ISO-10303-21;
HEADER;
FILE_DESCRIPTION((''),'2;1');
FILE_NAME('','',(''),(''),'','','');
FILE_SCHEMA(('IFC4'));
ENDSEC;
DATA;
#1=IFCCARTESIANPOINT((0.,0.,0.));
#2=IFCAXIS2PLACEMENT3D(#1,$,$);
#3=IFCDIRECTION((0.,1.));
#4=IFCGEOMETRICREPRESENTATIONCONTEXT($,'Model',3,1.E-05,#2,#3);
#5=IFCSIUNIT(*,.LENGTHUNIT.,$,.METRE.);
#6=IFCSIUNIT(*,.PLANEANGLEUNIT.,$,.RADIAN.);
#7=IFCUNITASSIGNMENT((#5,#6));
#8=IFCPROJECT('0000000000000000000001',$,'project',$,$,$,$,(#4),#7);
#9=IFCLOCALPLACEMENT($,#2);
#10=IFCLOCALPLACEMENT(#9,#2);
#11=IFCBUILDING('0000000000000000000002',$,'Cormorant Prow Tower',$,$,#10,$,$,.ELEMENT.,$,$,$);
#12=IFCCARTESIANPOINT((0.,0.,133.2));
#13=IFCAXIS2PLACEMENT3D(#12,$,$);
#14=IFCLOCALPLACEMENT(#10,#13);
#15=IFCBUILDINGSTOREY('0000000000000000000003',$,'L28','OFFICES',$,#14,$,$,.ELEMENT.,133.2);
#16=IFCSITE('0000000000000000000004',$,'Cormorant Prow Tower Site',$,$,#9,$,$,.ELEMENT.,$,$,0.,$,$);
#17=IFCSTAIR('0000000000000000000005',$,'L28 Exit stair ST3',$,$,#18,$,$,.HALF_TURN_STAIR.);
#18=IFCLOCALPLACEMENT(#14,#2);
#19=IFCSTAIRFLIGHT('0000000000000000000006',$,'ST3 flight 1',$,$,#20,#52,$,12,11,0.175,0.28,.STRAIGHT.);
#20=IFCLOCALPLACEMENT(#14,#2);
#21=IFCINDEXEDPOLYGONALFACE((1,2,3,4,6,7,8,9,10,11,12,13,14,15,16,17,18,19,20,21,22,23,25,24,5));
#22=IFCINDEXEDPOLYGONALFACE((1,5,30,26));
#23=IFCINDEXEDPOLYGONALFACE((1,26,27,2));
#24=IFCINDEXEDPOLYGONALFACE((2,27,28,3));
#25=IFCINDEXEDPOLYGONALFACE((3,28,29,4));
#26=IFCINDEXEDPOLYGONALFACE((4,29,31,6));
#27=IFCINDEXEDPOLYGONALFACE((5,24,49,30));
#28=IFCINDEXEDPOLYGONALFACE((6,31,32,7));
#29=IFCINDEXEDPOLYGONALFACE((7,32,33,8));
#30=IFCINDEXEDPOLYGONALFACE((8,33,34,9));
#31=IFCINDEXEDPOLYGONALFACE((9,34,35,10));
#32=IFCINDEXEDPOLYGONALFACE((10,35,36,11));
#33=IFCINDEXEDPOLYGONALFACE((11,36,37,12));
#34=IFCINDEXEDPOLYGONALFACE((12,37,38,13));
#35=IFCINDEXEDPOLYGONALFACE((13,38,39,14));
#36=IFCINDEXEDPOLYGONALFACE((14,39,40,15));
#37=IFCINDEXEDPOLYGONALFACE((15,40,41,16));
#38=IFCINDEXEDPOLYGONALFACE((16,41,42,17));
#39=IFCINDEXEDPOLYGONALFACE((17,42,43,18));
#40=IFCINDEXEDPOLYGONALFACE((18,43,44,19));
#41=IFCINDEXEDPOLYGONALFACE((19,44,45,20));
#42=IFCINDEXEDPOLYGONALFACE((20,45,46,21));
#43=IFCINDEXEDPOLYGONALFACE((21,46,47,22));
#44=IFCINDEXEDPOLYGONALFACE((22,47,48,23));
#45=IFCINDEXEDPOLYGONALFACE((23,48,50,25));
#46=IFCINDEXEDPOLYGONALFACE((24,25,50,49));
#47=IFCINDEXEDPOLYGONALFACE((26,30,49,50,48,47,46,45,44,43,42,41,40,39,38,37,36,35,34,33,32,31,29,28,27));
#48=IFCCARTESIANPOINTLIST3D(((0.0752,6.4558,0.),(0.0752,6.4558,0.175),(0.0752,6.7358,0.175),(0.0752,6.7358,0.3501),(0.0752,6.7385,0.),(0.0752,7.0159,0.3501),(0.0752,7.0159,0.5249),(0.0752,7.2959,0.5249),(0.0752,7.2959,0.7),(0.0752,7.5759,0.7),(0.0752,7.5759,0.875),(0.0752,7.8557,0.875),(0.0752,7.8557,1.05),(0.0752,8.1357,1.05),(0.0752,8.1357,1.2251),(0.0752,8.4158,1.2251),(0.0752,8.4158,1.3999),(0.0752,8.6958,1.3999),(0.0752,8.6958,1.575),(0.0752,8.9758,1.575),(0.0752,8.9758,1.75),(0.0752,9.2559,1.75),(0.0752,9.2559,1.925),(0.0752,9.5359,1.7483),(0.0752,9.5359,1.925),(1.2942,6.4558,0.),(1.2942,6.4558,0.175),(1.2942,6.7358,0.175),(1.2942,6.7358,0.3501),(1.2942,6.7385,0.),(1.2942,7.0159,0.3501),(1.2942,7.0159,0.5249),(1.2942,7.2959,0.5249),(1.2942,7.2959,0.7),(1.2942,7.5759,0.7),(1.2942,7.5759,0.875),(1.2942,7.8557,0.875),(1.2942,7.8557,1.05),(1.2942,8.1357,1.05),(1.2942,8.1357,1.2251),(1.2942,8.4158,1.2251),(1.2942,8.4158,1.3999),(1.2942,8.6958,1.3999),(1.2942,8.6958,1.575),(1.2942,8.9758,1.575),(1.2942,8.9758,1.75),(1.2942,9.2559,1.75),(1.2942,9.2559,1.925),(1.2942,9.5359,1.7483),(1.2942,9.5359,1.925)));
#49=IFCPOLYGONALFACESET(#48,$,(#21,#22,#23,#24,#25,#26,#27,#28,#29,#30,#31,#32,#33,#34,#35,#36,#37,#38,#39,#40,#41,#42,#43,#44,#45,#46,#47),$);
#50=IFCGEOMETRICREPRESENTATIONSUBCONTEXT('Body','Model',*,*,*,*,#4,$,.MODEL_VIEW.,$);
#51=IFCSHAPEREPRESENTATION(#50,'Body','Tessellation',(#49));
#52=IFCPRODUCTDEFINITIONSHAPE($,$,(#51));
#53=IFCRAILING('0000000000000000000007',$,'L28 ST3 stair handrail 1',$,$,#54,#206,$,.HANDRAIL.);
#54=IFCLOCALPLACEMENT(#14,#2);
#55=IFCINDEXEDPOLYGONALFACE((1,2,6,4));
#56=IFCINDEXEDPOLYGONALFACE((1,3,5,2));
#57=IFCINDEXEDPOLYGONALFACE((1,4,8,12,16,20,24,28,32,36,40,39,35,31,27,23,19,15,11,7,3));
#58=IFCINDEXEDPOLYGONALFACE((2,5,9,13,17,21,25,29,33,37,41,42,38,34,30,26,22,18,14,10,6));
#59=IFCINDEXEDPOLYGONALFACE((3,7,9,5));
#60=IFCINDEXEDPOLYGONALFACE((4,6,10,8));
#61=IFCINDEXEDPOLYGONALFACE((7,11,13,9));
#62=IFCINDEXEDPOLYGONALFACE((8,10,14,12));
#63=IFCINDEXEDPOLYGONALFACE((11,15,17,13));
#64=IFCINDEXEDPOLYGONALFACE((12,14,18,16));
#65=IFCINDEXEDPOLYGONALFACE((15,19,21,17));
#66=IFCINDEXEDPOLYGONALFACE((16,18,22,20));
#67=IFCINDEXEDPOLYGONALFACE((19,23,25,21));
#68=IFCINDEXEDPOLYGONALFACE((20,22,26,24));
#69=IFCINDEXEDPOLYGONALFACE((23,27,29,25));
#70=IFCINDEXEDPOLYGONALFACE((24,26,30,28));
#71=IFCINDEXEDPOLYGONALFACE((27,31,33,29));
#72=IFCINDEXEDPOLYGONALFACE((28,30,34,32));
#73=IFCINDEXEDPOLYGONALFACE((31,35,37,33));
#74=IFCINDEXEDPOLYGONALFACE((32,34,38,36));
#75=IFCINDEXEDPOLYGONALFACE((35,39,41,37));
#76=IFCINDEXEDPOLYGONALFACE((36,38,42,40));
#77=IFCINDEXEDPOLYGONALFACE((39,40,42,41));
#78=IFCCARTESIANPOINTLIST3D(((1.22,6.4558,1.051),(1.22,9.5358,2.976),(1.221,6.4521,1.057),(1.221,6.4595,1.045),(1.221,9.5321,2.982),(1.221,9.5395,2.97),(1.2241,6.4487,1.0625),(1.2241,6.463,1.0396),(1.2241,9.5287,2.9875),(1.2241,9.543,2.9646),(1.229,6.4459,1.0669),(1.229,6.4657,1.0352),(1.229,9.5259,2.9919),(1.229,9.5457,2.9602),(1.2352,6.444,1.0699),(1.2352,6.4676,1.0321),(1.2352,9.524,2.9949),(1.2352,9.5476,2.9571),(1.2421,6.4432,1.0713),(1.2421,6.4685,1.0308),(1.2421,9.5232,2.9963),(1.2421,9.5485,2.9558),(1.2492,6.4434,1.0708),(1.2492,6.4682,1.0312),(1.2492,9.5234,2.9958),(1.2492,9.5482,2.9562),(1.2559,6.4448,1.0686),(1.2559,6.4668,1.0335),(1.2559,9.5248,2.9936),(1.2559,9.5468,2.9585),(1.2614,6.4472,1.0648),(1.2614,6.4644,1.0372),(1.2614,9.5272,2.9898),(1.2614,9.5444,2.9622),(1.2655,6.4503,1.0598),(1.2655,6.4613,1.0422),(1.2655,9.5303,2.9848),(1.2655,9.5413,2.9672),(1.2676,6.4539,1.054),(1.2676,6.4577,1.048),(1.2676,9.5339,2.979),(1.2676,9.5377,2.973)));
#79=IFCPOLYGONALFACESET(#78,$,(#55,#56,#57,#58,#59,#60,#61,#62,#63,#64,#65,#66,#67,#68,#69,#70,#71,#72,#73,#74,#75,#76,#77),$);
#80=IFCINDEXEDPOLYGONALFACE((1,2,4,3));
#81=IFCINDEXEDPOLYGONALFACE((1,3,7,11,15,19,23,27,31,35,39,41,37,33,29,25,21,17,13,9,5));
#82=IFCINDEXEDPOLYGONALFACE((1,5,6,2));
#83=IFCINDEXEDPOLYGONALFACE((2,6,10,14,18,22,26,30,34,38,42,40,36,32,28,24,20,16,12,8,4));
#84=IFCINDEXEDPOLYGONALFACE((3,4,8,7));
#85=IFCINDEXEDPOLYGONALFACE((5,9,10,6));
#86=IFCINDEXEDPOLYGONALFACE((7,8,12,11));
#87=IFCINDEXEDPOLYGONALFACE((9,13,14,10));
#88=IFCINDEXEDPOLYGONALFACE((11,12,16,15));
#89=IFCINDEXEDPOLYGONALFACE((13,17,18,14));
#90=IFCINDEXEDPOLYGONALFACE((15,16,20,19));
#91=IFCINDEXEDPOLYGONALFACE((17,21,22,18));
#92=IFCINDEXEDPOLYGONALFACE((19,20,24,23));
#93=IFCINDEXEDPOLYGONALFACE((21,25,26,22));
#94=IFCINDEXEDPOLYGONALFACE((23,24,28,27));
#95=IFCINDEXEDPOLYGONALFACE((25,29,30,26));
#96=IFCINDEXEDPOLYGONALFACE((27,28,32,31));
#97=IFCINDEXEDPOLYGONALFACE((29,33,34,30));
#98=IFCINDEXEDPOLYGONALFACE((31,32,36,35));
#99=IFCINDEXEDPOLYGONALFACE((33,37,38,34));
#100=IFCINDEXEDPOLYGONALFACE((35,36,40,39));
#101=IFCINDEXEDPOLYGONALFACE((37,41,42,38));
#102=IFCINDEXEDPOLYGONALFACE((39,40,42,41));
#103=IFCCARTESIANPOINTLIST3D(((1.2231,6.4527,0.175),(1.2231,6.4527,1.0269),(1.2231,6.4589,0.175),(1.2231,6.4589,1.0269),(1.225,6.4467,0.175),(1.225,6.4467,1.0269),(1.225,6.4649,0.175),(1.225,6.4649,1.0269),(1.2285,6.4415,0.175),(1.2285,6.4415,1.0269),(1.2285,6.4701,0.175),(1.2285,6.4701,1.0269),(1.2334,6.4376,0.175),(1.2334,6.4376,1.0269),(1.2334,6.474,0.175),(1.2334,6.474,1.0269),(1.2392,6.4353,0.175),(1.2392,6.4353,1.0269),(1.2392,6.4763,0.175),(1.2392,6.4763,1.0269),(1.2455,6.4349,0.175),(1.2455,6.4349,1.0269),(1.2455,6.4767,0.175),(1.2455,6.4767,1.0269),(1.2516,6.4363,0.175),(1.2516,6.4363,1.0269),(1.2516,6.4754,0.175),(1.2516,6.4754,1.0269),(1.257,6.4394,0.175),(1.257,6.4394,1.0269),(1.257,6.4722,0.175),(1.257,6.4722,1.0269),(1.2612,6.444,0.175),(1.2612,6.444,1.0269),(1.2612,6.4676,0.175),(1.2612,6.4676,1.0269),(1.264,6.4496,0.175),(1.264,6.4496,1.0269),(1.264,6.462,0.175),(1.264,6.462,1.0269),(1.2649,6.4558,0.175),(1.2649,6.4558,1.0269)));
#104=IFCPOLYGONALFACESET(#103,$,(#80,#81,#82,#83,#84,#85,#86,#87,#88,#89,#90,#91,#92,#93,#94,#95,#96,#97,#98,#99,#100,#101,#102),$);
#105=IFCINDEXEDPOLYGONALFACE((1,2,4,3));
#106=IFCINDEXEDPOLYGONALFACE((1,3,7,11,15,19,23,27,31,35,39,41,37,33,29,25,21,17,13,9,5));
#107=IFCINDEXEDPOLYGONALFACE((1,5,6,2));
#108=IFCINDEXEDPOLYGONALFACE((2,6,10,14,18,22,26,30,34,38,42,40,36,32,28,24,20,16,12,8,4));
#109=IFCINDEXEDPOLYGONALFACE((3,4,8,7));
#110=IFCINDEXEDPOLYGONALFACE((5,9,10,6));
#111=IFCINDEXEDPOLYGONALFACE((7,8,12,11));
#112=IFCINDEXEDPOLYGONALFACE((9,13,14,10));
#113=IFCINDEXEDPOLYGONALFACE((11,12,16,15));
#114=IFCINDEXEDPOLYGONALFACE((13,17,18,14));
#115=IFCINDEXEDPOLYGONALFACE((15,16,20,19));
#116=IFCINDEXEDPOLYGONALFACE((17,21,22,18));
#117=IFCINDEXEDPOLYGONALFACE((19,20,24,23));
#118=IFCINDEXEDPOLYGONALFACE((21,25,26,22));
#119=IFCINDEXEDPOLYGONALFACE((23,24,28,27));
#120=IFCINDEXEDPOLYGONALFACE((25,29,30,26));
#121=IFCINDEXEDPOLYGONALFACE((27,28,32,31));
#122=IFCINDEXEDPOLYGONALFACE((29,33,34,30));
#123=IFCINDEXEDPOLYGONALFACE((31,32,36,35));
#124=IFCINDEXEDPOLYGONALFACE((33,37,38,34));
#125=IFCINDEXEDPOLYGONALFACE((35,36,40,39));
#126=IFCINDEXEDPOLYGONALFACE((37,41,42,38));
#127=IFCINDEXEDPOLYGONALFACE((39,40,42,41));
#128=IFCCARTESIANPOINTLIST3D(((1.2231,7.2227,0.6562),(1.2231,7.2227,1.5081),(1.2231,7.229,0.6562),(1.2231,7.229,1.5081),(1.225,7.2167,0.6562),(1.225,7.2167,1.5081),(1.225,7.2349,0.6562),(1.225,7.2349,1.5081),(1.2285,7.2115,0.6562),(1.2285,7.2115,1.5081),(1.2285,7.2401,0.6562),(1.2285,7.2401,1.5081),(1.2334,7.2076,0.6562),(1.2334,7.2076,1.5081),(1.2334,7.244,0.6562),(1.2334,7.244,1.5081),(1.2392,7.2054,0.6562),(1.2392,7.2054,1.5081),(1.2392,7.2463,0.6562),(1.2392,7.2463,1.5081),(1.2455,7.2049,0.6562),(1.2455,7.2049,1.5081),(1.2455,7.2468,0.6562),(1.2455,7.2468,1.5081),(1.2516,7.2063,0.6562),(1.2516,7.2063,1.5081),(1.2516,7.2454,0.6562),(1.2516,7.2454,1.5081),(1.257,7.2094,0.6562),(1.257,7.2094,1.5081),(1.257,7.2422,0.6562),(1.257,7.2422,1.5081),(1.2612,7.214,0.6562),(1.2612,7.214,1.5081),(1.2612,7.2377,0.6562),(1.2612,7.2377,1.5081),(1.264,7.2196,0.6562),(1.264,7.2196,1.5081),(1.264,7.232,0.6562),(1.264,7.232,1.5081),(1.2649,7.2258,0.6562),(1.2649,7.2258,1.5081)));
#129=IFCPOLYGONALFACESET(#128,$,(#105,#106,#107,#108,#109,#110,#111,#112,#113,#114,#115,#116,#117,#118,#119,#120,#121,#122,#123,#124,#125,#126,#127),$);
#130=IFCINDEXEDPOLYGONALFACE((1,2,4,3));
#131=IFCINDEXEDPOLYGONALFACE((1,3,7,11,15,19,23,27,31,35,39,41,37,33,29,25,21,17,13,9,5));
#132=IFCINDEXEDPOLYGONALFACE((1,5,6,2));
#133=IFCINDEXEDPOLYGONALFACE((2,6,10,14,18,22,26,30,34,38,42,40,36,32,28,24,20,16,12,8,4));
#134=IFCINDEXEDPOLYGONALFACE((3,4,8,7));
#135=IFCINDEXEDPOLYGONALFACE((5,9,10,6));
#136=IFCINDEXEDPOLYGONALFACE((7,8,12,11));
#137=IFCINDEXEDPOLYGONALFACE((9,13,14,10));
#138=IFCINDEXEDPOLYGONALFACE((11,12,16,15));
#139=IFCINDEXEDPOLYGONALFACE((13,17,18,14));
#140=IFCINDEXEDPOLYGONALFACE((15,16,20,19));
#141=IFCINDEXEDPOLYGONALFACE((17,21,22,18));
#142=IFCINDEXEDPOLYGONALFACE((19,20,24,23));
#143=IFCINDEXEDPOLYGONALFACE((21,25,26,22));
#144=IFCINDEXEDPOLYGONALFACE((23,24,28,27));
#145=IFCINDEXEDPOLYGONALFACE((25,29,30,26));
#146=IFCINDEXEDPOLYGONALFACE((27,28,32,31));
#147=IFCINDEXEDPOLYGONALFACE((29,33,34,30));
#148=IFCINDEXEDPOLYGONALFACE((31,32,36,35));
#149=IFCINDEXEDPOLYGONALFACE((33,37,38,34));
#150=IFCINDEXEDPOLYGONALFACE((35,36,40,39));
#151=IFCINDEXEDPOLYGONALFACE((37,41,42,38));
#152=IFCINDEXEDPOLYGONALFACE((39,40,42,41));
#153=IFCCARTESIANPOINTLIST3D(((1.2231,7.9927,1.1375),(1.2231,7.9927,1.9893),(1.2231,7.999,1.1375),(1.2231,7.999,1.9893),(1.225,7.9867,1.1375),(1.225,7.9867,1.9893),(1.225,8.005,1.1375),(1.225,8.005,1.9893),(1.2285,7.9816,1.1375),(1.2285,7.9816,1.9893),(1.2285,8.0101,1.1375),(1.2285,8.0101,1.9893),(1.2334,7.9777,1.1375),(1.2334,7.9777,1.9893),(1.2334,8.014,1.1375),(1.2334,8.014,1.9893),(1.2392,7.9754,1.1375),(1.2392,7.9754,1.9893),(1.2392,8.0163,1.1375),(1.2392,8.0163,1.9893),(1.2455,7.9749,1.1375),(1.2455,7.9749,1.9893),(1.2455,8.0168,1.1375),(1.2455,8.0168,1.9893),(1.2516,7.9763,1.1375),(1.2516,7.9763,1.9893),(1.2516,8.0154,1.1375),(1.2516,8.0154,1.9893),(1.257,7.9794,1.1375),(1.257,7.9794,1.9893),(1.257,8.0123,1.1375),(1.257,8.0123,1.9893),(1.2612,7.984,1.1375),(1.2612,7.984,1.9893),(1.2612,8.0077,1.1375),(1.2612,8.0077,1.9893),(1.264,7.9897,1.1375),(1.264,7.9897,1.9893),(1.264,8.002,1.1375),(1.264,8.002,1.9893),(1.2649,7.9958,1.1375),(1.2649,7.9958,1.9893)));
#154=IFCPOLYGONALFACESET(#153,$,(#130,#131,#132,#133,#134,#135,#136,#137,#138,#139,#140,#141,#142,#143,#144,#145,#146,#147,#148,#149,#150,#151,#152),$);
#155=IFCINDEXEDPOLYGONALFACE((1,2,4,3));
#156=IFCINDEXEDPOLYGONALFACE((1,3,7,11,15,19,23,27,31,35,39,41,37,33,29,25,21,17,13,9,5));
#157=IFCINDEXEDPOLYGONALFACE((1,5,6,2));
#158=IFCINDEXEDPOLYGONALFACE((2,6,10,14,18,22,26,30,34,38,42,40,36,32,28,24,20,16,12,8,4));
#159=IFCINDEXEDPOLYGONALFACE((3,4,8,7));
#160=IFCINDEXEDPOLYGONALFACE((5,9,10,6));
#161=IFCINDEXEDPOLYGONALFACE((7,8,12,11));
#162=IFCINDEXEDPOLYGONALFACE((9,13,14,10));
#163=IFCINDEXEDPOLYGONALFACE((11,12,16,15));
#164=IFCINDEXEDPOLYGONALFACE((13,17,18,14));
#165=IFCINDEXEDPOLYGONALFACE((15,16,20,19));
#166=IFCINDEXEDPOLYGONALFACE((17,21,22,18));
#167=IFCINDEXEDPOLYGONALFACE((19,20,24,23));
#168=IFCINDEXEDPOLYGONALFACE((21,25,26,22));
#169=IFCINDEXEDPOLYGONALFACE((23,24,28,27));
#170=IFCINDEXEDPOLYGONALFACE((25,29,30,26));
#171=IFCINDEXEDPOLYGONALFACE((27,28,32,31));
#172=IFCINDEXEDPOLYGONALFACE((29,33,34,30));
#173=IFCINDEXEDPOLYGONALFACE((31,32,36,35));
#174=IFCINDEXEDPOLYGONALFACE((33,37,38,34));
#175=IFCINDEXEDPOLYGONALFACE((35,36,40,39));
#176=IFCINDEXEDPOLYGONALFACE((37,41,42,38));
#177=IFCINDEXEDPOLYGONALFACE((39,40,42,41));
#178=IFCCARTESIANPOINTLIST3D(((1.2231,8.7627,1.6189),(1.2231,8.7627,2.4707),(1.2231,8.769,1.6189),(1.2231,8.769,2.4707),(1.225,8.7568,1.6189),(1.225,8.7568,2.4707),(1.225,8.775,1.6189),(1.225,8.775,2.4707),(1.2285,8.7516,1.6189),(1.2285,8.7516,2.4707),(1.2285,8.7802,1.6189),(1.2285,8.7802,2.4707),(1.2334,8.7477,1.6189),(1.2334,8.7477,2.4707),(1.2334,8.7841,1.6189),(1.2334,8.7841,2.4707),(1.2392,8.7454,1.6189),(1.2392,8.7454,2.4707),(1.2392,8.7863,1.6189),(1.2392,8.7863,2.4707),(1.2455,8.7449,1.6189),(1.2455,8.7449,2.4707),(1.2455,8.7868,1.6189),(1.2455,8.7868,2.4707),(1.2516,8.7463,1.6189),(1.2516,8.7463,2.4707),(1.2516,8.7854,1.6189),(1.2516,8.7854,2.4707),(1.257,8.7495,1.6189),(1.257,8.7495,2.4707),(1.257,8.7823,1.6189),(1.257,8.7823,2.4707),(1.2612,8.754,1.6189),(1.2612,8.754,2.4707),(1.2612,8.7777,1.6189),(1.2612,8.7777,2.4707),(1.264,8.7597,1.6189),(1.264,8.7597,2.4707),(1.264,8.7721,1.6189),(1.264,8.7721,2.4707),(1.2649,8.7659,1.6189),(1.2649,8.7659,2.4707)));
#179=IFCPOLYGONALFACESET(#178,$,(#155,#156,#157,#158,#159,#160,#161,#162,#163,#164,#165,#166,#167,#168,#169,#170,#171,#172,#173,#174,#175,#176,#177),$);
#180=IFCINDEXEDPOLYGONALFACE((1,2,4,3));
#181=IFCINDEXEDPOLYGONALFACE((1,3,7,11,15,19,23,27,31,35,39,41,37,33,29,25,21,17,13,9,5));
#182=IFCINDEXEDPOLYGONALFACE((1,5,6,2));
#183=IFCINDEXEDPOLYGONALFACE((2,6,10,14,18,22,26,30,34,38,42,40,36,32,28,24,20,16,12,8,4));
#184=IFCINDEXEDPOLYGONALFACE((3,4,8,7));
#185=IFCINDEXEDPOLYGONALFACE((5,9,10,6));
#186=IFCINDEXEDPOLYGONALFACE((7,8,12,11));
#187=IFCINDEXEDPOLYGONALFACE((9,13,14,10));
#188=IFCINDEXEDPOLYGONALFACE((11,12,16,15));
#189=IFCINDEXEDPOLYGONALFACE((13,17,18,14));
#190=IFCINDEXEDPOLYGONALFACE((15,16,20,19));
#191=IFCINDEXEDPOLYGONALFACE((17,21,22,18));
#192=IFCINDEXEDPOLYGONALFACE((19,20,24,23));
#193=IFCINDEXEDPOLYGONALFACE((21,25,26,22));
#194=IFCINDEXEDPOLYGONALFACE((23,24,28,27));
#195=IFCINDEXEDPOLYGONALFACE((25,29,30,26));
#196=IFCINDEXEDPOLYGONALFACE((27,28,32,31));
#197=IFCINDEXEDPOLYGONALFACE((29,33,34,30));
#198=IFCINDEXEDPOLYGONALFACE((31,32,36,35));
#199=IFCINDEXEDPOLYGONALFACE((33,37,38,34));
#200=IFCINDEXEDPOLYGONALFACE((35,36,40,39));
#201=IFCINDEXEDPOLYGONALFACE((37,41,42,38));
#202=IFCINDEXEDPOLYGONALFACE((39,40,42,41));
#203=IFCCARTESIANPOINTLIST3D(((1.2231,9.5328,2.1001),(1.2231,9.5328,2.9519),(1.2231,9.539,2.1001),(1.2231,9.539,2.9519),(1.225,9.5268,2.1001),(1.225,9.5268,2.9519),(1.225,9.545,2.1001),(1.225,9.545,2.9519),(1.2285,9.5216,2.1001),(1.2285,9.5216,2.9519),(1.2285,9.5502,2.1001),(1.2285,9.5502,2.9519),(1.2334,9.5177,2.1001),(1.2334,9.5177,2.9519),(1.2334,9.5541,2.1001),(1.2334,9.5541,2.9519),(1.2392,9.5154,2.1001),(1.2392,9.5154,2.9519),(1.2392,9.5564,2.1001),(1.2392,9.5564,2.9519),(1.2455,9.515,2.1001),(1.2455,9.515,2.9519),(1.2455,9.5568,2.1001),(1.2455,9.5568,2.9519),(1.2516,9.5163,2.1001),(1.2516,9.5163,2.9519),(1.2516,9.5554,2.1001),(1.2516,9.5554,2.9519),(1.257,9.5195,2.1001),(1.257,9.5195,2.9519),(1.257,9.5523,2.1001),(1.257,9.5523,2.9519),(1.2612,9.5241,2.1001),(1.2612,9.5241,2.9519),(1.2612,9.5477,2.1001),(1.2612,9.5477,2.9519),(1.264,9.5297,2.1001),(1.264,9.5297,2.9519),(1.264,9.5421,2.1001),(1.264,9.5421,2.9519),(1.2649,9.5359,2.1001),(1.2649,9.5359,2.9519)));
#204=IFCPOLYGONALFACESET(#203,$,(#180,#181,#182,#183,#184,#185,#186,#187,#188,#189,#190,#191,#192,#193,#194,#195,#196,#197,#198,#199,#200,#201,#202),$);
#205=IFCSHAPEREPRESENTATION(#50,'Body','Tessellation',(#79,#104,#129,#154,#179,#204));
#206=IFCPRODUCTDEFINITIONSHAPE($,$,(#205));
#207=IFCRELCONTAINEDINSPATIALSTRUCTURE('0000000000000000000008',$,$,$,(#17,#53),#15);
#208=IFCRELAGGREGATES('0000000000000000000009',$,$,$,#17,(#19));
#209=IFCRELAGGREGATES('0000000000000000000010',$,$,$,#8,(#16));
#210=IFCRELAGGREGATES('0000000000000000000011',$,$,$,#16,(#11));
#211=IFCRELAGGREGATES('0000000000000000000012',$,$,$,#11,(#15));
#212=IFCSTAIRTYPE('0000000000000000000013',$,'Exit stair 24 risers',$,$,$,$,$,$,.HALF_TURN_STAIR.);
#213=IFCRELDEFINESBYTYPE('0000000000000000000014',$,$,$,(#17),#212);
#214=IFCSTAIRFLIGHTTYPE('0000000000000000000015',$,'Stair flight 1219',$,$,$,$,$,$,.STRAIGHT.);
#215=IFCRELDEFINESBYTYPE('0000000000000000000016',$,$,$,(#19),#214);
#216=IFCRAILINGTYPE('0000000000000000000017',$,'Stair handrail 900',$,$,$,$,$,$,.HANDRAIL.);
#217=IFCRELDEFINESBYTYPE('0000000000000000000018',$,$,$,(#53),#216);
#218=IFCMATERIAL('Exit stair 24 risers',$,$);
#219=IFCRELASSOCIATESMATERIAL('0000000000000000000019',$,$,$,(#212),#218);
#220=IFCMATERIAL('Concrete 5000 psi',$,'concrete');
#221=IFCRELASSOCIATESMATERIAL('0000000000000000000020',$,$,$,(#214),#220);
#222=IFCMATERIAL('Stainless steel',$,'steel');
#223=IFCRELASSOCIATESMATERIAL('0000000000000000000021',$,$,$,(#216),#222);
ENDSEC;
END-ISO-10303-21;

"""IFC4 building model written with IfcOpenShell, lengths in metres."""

from ifc_helpers import new_model, si_unit, direction, frame, origin, origin_2d, place, context, subcontext, project, spatial, polyline, circle, outline, extrude, material, type_object, element, aggregate, save


model = new_model("IFC4")

# Units and contexts
model_context = context("Model", 3, precision=1e-05, world=origin(), true_north=direction((0.0, 1.0)))
body_context = subcontext(model_context, "Body", "Model", "MODEL_VIEW")
ifc_project = project(units=[si_unit("LENGTHUNIT", "METRE"), si_unit("PLANEANGLEUNIT", "RADIAN")], contexts=[model_context])

# Site, building, storey
site_placement = place(None, origin())
site = spatial("IfcSite", under=ifc_project, at=site_placement, Name="Cormorant Prow Tower Site", CompositionType="ELEMENT", RefElevation=0.0)
building_placement = place(site_placement, origin())
building = spatial("IfcBuilding", under=site, at=building_placement, Name="Cormorant Prow Tower", CompositionType="ELEMENT")
storey_placement = place(building_placement, frame((0.0, 0.0, 133.2)))
storey = spatial("IfcBuildingStorey", under=building, at=storey_placement, Name="L28", Description="OFFICES", CompositionType="ELEMENT", Elevation=133.2)

# Stair
ifc_material_1 = material(Name="Exit stair 24 risers")
stair_type = type_object("IfcStairType", Name="Exit stair 24 risers", PredefinedType="HALF_TURN_STAIR", material=ifc_material_1)
stair_placement = place(storey_placement, origin())
stair = element("IfcStair", 1, at=stair_placement, inside=storey, type_object=stair_type, Name="L28 Exit stair ST3", PredefinedType="HALF_TURN_STAIR")

# Stair flight
ifc_material_2 = material(Name="Concrete 5000 psi", Category="concrete")
stair_flight_type = type_object("IfcStairFlightType", Name="Stair flight 1219", PredefinedType="STRAIGHT", material=ifc_material_2)
stair_flight_placement = place(storey_placement, frame((0.6846, 6.4558, 0.0), z_axis=(0.0, 0.0, 1.0), x_axis=(0.0, 1.0, 0.0)))
stair_flight = element("IfcStairFlight", 2, at=stair_flight_placement, type_object=stair_flight_type, Name="ST3 flight 1", NumberOfRisers=12, NumberOfTreads=11, PredefinedType="STRAIGHT", RiserHeight=0.175, TreadLength=0.28, context=body_context, shape_type="SweptSolid", body=[
    extrude(outline(polyline([(0.0, 0.0), (0.0, 0.175), (0.28, 0.175), (0.28, 0.3501), (0.5601, 0.3501), (0.5601, 0.5249), (0.8401, 0.5249), (0.8401, 0.7), (1.1201, 0.7), (1.1201, 0.875), (1.3999, 0.875), (1.3999, 1.05), (1.6799, 1.05), (1.6799, 1.2251), (1.96, 1.2251), (1.96, 1.3999), (2.24, 1.3999), (2.24, 1.575), (2.52, 1.575), (2.52, 1.75), (2.8, 1.75), (2.8, 1.925), (3.0801, 1.925), (3.0801, 2.1001), (3.0801, 1.7483), (0.2827, 0.0), (0.0, 0.0)])), frame((0.0, 0.6094, 0.0), z_axis=(0.0, -1.0, 0.0), x_axis=(1.0, 0.0, 0.0)), (0.0, 0.0, 1.0), 1.219),
])
aggregate(stair, [stair_flight])

# Railing
ifc_material_3 = material(Name="Stainless steel", Category="steel")
railing_type_1 = type_object("IfcRailingType", Name="Stair handrail 900", PredefinedType="HANDRAIL", material=ifc_material_3)
railing_1_placement = place(storey_placement, frame((1.2439, 6.4558, 0.175)))
element("IfcRailing", 3, at=railing_1_placement, inside=storey, type_object=railing_type_1, Name="L28 ST3 stair handrail 1", PredefinedType="HANDRAIL", context=body_context, shape_type="SweptSolid", body=[
    extrude(circle(Radius=0.0239, at=origin_2d()), frame((0.0, 0.0, 0.876), z_axis=(0.0, 0.847998, 0.529999), x_axis=(-1.0, 0.0, 0.0)), (0.0, 0.0, 1.0), 3.6321),
    extrude(circle(Radius=0.021, at=origin_2d()), origin(), (0.0, 0.0, 1.0), 0.8518),
    extrude(circle(Radius=0.021, at=origin_2d()), frame((0.0, 0.77, 0.4812)), (0.0, 0.0, 1.0), 0.8518),
    extrude(circle(Radius=0.021, at=origin_2d()), frame((0.0, 1.54, 0.9624)), (0.0, 0.0, 1.0), 0.8518),
    extrude(circle(Radius=0.021, at=origin_2d()), frame((0.0, 2.3101, 1.4438)), (0.0, 0.0, 1.0), 0.8518),
    extrude(circle(Radius=0.021, at=origin_2d()), frame((0.0, 3.0801, 1.925)), (0.0, 0.0, 1.0), 0.8518),
])

save(model, "model.ifc")
